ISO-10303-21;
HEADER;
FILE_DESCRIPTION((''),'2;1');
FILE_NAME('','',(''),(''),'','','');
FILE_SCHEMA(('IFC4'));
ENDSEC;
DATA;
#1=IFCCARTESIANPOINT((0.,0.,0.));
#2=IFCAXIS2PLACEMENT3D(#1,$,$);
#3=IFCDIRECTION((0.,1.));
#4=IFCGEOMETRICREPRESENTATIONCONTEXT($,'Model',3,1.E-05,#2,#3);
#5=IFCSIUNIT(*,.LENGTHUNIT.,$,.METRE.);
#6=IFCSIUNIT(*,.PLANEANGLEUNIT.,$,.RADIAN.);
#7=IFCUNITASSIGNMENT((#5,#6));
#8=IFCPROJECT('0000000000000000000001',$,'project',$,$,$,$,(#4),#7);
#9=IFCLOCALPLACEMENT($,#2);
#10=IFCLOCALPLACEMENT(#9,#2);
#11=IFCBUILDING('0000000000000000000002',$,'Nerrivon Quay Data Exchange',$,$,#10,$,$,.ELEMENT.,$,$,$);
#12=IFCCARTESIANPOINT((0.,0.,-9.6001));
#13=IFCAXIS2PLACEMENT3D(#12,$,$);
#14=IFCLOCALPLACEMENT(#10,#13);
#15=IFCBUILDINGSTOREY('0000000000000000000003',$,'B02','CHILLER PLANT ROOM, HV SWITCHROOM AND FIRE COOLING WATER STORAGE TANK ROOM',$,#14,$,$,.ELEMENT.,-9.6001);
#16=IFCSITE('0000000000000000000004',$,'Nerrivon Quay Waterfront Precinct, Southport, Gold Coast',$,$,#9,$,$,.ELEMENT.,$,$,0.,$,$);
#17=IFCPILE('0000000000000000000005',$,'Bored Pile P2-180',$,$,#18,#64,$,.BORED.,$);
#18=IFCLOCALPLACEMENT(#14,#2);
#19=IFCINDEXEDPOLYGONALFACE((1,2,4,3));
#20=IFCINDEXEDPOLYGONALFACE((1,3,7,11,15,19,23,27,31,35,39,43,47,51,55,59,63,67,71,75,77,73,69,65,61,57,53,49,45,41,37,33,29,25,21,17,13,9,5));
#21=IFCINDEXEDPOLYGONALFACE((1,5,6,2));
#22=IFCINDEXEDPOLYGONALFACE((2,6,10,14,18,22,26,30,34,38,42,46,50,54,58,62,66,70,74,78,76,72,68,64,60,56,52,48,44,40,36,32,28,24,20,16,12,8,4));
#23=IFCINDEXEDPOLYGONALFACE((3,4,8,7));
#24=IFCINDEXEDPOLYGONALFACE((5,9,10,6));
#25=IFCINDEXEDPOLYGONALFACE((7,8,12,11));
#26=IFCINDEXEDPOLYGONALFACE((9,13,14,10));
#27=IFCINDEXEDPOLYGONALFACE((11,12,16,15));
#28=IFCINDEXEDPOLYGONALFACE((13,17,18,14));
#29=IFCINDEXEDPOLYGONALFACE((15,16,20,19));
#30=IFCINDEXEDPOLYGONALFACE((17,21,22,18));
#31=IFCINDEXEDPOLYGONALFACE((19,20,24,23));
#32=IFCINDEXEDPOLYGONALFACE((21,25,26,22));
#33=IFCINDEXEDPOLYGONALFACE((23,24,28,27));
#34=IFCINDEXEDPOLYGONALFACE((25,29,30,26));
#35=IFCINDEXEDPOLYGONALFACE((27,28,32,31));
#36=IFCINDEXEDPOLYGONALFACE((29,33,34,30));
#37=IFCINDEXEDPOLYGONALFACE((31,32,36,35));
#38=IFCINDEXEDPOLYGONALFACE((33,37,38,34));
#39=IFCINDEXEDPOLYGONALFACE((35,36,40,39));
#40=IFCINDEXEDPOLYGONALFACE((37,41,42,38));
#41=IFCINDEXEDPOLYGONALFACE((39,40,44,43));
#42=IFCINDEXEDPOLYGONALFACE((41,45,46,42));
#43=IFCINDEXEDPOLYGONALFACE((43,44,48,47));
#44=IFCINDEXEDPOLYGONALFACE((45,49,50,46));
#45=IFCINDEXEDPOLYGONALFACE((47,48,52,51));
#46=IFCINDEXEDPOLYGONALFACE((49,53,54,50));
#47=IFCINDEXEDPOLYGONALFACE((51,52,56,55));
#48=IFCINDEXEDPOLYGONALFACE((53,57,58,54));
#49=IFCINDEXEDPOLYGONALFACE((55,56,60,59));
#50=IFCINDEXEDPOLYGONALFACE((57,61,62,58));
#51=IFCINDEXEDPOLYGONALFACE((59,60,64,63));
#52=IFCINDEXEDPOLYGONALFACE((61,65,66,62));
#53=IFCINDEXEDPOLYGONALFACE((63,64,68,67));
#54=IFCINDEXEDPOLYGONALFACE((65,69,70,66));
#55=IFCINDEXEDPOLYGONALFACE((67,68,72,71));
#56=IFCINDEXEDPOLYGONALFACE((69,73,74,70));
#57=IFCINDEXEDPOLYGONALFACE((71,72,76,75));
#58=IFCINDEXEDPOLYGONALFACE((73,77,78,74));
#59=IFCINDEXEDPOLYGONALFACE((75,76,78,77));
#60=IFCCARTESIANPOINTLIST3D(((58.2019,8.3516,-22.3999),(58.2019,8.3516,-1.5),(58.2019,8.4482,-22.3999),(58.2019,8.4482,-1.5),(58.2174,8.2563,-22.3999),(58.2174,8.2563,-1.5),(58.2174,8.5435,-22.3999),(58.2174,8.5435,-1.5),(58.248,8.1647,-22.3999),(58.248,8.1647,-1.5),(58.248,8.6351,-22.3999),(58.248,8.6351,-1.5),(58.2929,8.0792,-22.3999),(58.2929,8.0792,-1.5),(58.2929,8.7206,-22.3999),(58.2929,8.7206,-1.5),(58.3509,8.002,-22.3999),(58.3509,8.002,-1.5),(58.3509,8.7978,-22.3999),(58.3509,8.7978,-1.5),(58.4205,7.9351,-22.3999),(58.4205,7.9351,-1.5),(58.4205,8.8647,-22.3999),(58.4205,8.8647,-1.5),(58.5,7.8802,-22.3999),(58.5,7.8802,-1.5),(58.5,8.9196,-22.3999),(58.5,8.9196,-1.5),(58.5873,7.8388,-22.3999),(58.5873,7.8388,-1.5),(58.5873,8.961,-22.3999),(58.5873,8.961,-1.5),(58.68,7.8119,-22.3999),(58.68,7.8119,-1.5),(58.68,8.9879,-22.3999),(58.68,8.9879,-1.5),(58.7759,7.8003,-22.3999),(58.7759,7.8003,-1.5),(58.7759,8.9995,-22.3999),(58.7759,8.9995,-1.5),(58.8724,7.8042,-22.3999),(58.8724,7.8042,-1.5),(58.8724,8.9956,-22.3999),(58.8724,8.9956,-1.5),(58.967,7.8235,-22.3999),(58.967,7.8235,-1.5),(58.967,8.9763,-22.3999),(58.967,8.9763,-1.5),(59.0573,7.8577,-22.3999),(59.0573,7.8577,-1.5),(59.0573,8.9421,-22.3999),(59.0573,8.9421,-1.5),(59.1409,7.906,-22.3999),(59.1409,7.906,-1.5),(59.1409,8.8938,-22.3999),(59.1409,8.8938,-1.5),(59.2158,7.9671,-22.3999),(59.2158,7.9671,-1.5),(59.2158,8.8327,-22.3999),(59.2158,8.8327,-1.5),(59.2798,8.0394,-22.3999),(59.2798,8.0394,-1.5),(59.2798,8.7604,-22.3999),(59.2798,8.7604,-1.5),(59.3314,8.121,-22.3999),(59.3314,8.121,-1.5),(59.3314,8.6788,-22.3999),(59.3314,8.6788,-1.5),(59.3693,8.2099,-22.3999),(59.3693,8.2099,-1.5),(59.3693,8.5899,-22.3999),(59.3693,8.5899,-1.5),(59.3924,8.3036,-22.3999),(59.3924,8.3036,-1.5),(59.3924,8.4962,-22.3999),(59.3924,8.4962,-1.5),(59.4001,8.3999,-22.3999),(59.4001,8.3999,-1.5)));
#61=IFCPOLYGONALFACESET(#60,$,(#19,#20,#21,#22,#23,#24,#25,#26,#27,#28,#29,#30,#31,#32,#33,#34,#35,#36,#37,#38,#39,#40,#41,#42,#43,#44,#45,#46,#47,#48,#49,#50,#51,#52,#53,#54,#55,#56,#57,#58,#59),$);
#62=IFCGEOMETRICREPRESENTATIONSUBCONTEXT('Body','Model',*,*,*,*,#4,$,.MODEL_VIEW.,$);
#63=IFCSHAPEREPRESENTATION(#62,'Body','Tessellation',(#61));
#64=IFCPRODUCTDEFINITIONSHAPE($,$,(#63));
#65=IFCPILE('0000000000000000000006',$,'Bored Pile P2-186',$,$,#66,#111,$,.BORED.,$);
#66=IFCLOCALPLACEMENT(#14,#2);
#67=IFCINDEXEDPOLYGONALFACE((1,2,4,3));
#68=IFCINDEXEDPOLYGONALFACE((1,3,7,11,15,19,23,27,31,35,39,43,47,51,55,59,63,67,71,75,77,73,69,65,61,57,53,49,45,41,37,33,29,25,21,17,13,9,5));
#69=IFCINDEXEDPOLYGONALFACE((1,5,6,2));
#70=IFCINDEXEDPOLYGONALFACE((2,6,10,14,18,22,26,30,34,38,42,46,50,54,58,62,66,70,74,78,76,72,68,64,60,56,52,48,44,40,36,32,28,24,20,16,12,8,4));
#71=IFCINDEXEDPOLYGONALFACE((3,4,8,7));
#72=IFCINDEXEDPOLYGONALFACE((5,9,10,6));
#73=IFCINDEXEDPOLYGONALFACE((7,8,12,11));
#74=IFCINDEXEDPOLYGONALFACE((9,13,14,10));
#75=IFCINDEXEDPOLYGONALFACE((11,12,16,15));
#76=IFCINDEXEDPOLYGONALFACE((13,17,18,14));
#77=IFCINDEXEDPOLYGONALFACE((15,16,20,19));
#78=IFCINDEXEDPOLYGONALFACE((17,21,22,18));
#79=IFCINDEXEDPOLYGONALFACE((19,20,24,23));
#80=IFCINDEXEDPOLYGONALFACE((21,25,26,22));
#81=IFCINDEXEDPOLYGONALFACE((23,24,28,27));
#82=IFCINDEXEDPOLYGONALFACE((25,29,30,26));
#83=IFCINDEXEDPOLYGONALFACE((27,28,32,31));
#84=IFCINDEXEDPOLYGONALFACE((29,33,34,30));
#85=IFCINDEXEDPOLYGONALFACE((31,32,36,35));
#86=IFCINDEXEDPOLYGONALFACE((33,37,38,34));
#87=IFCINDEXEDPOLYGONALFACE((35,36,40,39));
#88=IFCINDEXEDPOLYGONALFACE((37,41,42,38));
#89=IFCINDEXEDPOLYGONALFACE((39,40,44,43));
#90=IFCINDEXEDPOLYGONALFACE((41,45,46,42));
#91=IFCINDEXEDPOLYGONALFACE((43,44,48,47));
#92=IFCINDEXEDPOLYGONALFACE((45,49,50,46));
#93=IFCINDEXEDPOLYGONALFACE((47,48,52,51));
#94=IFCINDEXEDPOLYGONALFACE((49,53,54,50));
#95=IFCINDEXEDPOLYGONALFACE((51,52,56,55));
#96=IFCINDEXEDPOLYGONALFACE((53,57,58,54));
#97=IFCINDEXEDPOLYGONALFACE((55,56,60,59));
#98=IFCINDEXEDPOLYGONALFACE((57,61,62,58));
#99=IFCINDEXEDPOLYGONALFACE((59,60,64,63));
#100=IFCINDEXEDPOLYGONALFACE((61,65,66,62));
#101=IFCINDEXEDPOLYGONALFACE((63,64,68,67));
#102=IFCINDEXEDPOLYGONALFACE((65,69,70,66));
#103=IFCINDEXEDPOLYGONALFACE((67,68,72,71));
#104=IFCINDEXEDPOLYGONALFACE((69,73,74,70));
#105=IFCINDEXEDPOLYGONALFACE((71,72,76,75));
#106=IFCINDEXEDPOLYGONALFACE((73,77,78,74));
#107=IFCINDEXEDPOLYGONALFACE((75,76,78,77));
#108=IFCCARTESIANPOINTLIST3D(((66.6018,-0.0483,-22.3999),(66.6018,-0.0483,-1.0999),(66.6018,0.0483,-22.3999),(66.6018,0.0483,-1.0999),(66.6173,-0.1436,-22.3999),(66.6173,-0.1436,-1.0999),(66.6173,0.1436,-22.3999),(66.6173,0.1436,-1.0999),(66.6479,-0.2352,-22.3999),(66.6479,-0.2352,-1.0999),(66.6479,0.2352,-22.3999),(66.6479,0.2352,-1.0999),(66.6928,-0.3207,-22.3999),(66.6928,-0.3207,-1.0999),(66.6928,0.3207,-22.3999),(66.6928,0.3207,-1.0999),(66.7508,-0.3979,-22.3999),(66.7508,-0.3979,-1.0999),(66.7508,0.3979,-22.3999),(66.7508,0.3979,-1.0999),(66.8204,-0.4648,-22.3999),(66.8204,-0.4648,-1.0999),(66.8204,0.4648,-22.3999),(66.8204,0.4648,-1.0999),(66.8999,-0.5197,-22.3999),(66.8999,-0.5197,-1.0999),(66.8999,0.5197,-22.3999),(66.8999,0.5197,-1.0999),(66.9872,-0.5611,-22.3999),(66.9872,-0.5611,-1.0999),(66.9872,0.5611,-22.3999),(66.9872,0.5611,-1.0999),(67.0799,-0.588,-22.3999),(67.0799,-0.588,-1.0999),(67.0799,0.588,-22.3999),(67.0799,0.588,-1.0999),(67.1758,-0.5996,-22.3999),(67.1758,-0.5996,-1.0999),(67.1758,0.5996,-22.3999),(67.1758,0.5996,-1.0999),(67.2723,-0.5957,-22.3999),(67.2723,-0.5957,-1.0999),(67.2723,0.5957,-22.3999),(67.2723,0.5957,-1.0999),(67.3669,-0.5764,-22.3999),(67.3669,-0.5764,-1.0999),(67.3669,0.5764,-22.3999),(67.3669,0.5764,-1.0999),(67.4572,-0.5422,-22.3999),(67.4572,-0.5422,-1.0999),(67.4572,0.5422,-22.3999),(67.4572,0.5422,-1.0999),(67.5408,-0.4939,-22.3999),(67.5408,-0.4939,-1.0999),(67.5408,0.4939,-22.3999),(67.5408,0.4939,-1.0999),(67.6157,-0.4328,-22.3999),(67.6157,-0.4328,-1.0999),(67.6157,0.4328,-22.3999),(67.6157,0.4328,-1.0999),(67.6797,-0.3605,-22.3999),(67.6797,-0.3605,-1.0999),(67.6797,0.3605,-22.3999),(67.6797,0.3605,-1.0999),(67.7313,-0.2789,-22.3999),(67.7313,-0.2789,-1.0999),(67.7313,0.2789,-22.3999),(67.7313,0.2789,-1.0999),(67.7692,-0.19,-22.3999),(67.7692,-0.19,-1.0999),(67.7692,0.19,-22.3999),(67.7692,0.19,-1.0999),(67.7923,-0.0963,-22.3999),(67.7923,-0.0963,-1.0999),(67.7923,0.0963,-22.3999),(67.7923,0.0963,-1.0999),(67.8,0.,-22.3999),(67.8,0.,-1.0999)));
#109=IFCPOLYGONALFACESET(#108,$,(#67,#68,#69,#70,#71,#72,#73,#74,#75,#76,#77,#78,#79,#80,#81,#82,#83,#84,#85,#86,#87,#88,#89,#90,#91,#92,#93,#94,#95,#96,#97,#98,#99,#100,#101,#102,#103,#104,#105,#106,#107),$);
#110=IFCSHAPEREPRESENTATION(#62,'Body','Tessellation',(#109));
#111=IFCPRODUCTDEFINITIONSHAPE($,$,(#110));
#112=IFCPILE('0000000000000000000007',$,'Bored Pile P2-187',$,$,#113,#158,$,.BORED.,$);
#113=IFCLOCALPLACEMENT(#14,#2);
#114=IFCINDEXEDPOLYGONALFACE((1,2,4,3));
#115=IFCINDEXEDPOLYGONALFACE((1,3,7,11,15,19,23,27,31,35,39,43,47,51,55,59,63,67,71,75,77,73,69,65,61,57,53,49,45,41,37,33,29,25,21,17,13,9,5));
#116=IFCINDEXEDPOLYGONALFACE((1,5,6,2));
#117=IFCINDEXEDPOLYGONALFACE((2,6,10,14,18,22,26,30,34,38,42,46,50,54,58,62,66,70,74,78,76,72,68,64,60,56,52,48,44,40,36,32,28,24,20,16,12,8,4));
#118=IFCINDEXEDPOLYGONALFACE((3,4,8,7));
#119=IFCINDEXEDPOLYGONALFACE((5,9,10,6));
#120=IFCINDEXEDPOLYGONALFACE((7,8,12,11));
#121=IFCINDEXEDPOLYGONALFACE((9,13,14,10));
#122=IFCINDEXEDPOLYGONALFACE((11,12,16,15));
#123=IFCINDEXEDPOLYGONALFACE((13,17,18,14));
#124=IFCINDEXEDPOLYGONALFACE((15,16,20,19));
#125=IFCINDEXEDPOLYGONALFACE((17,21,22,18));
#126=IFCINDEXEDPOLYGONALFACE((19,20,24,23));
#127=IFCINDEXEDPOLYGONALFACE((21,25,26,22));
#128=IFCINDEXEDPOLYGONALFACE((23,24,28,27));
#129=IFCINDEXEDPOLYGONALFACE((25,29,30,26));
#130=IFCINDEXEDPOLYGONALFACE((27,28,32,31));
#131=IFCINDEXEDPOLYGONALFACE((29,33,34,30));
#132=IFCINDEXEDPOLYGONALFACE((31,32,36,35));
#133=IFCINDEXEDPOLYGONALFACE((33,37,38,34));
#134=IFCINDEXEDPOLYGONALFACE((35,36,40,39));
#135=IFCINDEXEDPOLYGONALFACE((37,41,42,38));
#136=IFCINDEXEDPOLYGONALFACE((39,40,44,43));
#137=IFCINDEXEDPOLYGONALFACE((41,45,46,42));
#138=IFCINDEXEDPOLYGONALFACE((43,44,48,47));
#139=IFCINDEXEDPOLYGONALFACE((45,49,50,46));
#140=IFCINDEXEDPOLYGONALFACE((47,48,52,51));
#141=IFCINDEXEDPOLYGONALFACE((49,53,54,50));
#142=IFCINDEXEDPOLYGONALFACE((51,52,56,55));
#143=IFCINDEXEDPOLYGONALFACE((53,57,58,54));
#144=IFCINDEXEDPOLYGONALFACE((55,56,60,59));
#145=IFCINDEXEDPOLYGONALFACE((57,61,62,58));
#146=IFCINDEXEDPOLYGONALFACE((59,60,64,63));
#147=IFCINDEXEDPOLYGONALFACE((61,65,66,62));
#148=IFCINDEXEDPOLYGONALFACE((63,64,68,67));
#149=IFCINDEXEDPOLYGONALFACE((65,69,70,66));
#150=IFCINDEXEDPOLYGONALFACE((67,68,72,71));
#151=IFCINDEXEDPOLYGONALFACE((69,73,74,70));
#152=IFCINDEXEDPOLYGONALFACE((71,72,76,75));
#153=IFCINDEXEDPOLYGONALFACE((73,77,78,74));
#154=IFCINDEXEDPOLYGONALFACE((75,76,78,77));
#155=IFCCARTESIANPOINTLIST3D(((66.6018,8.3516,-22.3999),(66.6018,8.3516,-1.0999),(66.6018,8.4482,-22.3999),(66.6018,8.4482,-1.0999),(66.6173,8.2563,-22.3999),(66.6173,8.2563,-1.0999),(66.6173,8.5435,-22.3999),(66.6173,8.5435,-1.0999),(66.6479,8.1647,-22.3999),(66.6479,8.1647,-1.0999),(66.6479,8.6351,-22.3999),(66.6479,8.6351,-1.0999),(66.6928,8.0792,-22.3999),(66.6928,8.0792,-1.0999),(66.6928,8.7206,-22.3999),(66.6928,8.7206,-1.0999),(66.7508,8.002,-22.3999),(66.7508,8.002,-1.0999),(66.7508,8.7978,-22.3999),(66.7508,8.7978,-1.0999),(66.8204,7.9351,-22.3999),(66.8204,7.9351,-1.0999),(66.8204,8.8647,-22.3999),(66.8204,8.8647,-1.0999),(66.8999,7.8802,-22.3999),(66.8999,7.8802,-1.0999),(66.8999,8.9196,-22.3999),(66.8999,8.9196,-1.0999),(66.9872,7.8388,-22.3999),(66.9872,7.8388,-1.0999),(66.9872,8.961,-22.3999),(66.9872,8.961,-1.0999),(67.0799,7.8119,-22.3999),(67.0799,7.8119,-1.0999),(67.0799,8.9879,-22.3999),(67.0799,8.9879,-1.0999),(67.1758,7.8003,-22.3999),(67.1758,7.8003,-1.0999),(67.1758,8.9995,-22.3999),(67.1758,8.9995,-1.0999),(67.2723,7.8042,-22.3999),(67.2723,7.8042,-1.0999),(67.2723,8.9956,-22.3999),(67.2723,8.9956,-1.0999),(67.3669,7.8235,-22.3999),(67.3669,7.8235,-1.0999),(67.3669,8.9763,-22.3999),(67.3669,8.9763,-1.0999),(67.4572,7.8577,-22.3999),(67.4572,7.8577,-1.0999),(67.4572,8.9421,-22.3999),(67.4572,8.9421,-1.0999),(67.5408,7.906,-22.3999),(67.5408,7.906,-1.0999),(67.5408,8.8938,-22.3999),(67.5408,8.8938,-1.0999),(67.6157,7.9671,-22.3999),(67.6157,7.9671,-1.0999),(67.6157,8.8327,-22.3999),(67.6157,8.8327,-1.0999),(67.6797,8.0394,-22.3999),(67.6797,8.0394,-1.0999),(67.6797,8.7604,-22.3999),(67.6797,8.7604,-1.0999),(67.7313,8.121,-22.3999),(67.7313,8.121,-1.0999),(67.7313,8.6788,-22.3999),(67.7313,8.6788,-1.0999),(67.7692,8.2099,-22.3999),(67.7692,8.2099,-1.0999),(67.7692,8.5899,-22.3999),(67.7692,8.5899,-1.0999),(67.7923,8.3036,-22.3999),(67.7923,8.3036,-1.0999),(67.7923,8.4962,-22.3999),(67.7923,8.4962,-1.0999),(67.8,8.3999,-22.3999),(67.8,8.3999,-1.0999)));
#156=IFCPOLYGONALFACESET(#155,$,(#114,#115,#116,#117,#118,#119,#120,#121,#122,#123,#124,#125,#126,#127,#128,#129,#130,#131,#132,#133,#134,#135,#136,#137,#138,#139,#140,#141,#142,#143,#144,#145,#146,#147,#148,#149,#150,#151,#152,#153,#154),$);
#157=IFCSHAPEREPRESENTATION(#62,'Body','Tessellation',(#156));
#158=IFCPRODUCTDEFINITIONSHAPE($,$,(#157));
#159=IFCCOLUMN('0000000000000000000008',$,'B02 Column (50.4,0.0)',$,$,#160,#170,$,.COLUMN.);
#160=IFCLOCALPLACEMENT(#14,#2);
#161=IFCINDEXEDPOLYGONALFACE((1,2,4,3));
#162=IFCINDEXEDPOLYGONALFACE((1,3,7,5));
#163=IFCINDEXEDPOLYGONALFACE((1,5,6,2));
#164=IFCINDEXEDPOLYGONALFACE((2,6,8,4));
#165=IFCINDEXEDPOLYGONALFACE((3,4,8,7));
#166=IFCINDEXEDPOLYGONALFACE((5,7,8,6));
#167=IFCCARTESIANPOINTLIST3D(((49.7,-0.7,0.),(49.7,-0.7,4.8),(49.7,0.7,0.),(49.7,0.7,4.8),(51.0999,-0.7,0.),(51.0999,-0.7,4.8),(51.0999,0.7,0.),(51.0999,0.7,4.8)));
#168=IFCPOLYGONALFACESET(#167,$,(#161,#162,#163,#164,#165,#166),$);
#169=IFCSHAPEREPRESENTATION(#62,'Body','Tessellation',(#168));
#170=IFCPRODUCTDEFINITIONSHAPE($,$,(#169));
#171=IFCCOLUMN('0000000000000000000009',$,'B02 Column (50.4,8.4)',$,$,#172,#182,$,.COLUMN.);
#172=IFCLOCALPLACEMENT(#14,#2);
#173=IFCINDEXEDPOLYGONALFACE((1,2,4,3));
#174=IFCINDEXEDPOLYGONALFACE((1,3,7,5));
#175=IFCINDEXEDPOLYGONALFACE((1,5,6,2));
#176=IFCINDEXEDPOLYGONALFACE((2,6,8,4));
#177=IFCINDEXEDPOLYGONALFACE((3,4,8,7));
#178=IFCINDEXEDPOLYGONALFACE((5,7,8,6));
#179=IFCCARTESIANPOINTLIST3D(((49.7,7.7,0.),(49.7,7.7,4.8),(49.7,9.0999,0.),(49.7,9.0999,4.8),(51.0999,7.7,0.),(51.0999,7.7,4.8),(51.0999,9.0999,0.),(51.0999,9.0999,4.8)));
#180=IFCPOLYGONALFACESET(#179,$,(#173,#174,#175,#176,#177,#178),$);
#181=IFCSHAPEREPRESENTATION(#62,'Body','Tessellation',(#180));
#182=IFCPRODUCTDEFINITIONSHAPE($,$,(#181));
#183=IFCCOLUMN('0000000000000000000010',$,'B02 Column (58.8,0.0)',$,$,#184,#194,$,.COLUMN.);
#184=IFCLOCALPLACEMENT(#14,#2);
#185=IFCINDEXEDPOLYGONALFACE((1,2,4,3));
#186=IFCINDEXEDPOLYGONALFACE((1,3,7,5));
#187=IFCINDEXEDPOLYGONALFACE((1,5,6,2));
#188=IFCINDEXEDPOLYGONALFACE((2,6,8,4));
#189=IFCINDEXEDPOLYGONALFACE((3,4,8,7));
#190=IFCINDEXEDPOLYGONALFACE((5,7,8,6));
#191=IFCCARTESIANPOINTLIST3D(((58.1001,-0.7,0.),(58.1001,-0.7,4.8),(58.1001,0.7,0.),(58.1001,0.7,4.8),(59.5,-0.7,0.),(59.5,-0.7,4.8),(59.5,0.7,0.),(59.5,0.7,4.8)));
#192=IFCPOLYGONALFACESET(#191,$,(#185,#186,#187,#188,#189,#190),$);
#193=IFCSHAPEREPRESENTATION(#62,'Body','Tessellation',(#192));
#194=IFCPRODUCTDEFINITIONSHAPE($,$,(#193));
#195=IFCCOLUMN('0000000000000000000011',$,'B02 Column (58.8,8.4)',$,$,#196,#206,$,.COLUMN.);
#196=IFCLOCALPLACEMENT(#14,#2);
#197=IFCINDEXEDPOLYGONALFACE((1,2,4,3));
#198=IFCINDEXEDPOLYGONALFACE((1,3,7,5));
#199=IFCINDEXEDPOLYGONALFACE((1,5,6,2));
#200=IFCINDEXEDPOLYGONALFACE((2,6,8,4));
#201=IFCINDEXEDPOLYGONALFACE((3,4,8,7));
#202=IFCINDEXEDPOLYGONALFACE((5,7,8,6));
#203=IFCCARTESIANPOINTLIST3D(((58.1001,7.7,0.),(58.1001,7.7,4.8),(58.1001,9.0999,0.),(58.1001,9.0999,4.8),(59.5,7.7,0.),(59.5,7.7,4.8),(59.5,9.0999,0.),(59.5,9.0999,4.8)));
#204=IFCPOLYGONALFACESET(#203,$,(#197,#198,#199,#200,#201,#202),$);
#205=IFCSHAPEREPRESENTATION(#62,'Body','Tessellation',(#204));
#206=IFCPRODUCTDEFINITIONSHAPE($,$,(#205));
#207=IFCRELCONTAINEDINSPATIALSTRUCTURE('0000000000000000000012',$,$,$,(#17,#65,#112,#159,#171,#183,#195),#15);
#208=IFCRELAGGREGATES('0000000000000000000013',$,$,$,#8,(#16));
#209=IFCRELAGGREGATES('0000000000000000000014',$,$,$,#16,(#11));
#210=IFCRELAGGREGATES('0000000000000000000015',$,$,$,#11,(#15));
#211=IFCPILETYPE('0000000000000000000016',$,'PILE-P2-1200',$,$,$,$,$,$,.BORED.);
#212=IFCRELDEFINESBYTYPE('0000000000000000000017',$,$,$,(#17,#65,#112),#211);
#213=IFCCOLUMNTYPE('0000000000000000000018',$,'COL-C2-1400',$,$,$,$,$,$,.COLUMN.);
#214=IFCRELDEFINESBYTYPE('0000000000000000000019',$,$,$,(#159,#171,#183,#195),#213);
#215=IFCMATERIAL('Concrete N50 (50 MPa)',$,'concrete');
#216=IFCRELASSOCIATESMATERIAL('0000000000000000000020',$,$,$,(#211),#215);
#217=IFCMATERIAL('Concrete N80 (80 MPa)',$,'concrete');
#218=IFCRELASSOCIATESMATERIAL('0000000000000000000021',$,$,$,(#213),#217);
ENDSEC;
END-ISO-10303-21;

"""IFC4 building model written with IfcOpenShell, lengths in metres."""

from ifc_helpers import new_model, si_unit, direction, frame, origin, origin_2d, place, context, subcontext, project, spatial, rectangle, circle, extrude, material, material_profile, profile_set, type_object, element, save


model = new_model("IFC4")

# Units and contexts
model_context = context("Model", 3, precision=1e-05, world=origin(), true_north=direction((0.0, 1.0)))
body_context = subcontext(model_context, "Body", "Model", "MODEL_VIEW")
ifc_project = project(units=[si_unit("LENGTHUNIT", "METRE"), si_unit("PLANEANGLEUNIT", "RADIAN")], contexts=[model_context])

# Site, building, storey
site_placement = place(None, origin())
site = spatial("IfcSite", under=ifc_project, at=site_placement, Name="Nerrivon Quay Waterfront Precinct, Southport, Gold Coast", CompositionType="ELEMENT", RefElevation=0.0)
building_placement = place(site_placement, origin())
building = spatial("IfcBuilding", under=site, at=building_placement, Name="Nerrivon Quay Data Exchange", CompositionType="ELEMENT")
storey_placement = place(building_placement, frame((0.0, 0.0, -9.6001)))
storey = spatial("IfcBuildingStorey", under=building, at=storey_placement, Name="B02", Description="CHILLER PLANT ROOM, HV SWITCHROOM AND FIRE COOLING WATER STORAGE TANK ROOM", CompositionType="ELEMENT", Elevation=-9.6001)

# Piles
ifc_material_1 = material(Name="Concrete N50 (50 MPa)", Category="concrete")
ifc_material_profile_1 = material_profile(ifc_material_1, circle(Radius=0.6001, at=origin_2d()), Name="PILE-1200")
ifc_profile_set_1 = profile_set([ifc_material_profile_1], Name="Concrete N50 (50 MPa)")
pile_type = type_object("IfcPileType", Name="PILE-P2-1200", PredefinedType="BORED", material=ifc_profile_set_1)
for number, where, z_axis, x_axis, name in (
    (1, (58.8, 8.3999, -1.5), (0.0, 0.0, -1.0), (1.0, 0.0, 0.0), "Bored Pile P2-180"),
):
    element("IfcPile", number, at=place(storey_placement, frame(where, z_axis=z_axis, x_axis=x_axis)), inside=storey, type_object=pile_type, Name=name, PredefinedType="BORED", context=body_context, shape_type="SweptSolid", body=[
        extrude(circle(Radius=0.6001, at=origin_2d()), origin(), (0.0, 0.0, 1.0), 20.8999),
    ])
for number, where, z_axis, x_axis, name in (
    (2, (67.2, 0.0, -1.0999), (0.0, 0.0, -1.0), (1.0, 0.0, 0.0), "Bored Pile P2-186"),
    (3, (67.2, 8.3999, -1.0999), (0.0, 0.0, -1.0), (1.0, 0.0, 0.0), "Bored Pile P2-187"),
):
    element("IfcPile", number, at=place(storey_placement, frame(where, z_axis=z_axis, x_axis=x_axis)), inside=storey, type_object=pile_type, Name=name, PredefinedType="BORED", context=body_context, shape_type="SweptSolid", body=[
        extrude(circle(Radius=0.6001, at=origin_2d()), origin(), (0.0, 0.0, 1.0), 21.3),
    ])

# Columns
ifc_material_2 = material(Name="Concrete N80 (80 MPa)", Category="concrete")
ifc_material_profile_2 = material_profile(ifc_material_2, rectangle(XDim=1.3999, YDim=1.3999, at=origin_2d()), Name="RC-COL-1400x1400")
ifc_profile_set_2 = profile_set([ifc_material_profile_2], Name="Concrete N80 (80 MPa)")
column_type = type_object("IfcColumnType", Name="COL-C2-1400", PredefinedType="COLUMN", material=ifc_profile_set_2)
for number, where, z_axis, x_axis, name in (
    (4, (50.3999, 0.0, 0.0), (0.0, 0.0, 1.0), (1.0, 0.0, 0.0), "B02 Column (50.4,0.0)"),
    (5, (50.3999, 8.3999, 0.0), (0.0, 0.0, 1.0), (1.0, 0.0, 0.0), "B02 Column (50.4,8.4)"),
    (6, (58.8, 0.0, 0.0), (0.0, 0.0, 1.0), (1.0, 0.0, 0.0), "B02 Column (58.8,0.0)"),
    (7, (58.8, 8.3999, 0.0), (0.0, 0.0, 1.0), (1.0, 0.0, 0.0), "B02 Column (58.8,8.4)"),
):
    element("IfcColumn", number, at=place(storey_placement, frame(where, z_axis=z_axis, x_axis=x_axis)), inside=storey, type_object=column_type, Name=name, PredefinedType="COLUMN", context=body_context, shape_type="SweptSolid", body=[
        extrude(rectangle(XDim=1.3999, YDim=1.3999, at=origin_2d()), origin(), (0.0, 0.0, 1.0), 4.8),
    ])

save(model, "model.ifc")
